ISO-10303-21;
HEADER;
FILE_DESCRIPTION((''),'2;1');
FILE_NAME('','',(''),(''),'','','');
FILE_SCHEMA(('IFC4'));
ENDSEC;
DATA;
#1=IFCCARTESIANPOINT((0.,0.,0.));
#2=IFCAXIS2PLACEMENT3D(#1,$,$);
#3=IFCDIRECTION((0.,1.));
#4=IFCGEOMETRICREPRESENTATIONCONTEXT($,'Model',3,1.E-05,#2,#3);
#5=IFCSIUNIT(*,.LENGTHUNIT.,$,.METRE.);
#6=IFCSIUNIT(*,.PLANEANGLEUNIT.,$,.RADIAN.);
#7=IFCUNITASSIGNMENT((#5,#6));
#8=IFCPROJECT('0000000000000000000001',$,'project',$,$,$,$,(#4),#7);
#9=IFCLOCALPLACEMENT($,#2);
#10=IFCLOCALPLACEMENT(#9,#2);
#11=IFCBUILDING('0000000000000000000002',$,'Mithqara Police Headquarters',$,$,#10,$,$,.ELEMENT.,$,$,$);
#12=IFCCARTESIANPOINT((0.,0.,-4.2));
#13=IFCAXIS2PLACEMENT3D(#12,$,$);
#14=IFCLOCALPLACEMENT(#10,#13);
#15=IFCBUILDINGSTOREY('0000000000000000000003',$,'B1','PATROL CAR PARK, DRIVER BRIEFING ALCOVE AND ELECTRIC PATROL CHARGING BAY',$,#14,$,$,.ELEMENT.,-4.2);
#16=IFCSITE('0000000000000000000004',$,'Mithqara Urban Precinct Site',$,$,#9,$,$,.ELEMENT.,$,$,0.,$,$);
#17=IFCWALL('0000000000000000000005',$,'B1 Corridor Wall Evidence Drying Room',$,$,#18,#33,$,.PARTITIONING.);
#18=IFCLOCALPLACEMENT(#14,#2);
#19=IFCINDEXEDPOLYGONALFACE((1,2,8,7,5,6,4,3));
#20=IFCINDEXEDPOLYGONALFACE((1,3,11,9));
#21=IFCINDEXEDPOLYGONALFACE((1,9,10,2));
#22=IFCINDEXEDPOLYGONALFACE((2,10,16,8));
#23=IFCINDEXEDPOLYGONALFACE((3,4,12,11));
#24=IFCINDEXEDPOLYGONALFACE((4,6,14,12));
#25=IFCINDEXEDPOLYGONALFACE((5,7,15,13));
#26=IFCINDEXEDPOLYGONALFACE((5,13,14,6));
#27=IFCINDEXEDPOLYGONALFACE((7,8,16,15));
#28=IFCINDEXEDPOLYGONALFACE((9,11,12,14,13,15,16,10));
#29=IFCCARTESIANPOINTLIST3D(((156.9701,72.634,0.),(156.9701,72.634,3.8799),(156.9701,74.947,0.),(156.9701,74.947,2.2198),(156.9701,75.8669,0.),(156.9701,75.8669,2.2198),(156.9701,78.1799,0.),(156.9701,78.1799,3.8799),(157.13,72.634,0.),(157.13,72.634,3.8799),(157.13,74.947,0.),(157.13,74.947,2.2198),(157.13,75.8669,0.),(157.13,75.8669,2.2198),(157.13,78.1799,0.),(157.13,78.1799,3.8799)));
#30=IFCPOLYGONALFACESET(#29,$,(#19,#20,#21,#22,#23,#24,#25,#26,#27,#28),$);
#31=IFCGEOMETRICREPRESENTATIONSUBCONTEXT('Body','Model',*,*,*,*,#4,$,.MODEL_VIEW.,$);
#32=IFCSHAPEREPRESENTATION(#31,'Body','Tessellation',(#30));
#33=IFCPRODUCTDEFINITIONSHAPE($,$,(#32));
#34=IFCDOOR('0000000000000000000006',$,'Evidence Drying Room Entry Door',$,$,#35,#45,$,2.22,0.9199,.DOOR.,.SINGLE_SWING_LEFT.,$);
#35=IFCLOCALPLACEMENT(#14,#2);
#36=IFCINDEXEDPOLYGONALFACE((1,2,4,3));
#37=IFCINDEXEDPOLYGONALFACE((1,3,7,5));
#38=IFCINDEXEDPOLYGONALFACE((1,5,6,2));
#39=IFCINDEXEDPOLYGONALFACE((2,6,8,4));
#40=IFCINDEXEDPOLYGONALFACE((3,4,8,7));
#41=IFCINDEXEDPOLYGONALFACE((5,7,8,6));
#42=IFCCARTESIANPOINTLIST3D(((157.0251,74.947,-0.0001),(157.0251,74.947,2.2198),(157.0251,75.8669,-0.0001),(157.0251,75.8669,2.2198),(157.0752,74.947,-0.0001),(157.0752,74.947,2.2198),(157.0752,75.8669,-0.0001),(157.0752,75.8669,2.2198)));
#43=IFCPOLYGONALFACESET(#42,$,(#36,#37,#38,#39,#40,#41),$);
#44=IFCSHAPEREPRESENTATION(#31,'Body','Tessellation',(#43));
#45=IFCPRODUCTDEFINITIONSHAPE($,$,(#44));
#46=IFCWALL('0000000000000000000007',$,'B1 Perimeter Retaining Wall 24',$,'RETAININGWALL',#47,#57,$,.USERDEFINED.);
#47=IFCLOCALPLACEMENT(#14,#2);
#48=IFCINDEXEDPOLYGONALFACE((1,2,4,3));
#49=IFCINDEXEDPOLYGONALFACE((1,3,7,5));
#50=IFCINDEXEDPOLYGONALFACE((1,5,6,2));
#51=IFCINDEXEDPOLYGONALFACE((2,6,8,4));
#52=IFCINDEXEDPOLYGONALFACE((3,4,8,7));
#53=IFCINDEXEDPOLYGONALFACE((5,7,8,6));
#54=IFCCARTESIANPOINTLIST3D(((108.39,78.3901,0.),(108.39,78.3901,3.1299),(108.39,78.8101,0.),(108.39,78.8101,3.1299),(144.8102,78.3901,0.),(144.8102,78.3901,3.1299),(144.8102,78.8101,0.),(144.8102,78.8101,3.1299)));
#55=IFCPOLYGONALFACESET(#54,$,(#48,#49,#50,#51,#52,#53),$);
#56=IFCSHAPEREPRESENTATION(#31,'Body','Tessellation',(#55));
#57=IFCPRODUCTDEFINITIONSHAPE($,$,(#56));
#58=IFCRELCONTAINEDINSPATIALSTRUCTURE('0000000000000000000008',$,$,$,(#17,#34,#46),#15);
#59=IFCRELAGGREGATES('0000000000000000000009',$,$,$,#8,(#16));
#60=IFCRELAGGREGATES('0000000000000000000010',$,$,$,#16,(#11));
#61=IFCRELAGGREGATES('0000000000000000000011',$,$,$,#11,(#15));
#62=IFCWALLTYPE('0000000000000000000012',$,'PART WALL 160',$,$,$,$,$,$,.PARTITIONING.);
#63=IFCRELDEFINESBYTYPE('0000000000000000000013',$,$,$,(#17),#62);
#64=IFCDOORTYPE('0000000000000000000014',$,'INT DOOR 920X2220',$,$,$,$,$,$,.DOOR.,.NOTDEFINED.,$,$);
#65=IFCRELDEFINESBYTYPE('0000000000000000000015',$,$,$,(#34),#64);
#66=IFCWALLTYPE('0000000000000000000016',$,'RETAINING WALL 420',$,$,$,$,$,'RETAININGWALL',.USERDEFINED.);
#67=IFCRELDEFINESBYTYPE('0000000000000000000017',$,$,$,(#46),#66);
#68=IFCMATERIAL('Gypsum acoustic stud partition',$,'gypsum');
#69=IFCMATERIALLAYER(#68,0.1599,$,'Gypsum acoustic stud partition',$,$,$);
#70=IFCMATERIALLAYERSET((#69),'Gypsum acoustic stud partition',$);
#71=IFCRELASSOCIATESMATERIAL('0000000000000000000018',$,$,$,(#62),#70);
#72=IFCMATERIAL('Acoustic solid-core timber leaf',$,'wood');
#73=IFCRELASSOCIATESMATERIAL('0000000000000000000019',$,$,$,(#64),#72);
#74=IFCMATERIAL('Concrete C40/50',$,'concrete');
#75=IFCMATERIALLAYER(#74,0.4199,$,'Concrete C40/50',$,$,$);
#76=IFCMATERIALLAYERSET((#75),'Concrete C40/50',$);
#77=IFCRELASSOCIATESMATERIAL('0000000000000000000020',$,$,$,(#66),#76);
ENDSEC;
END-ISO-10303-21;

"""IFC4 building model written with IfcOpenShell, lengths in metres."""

from ifc_helpers import new_model, si_unit, direction, frame, frame_2d, origin, place, context, subcontext, project, spatial, rectangle, extrude, material, layer, layer_set, type_object, element, fill, save


model = new_model("IFC4")

# Units and contexts
model_context = context("Model", 3, precision=1e-05, world=origin(), true_north=direction((0.0, 1.0)))
body_context = subcontext(model_context, "Body", "Model", "MODEL_VIEW")
ifc_project = project(units=[si_unit("LENGTHUNIT", "METRE"), si_unit("PLANEANGLEUNIT", "RADIAN")], contexts=[model_context])

# Site, building, storey
site_placement = place(None, origin())
site = spatial("IfcSite", under=ifc_project, at=site_placement, Name="Mithqara Urban Precinct Site", CompositionType="ELEMENT", RefElevation=0.0)
building_placement = place(site_placement, origin())
building = spatial("IfcBuilding", under=site, at=building_placement, Name="Mithqara Police Headquarters", CompositionType="ELEMENT")
storey_placement = place(building_placement, frame((0.0, 0.0, -4.2)))
storey = spatial("IfcBuildingStorey", under=building, at=storey_placement, Name="B1", Description="PATROL CAR PARK, DRIVER BRIEFING ALCOVE AND ELECTRIC PATROL CHARGING BAY", CompositionType="ELEMENT", Elevation=-4.2)

# Shared definitions
ifc_material_1 = material(Name="Concrete C40/50", Category="concrete")

# Shared definitions
ifc_material_2 = material(Name="Gypsum acoustic stud partition", Category="gypsum")
ifc_layer_1 = layer(ifc_material_2, 0.1599, Name="Gypsum acoustic stud partition")
ifc_layer_set_1 = layer_set([ifc_layer_1], Name="Gypsum acoustic stud partition")
wall_type_1 = type_object("IfcWallType", Name="PART WALL 160", PredefinedType="PARTITIONING", material=ifc_layer_set_1)

# Wall, opening, door
wall_1_placement = place(storey_placement, frame((157.05, 72.634, 0.0), z_axis=(0.0, 0.0, 1.0), x_axis=(0.0, 1.0, 0.0)))
wall_1 = element("IfcWall", 1, at=wall_1_placement, inside=storey, type_object=wall_type_1, Name="B1 Corridor Wall Evidence Drying Room", PredefinedType="PARTITIONING", context=body_context, shape_type="SweptSolid", body=[
    extrude(rectangle(XDim=5.5459, YDim=0.1599, at=frame_2d((2.7729, 0.0))), origin(), (0.0, 0.0, 1.0), 3.8799),
])
opening_1_placement = place(wall_1_placement, frame((2.313, 0.0, 0.0)))
opening_1 = element("IfcOpeningElement", 2, at=opening_1_placement, cuts=wall_1, PredefinedType="OPENING", context=body_context, shape_type="SweptSolid", body=[
    extrude(rectangle(XDim=0.9199, YDim=2.22, at=frame_2d((0.46, 1.1099))), frame((0.0, 0.0898, 0.0), z_axis=(0.0, -1.0, 0.0), x_axis=(1.0, 0.0, 0.0)), (0.0, 0.0, 1.0), 0.1799),
])
ifc_material_3 = material(Name="Acoustic solid-core timber leaf", Category="wood")
door_type_1 = type_object("IfcDoorType", Name="INT DOOR 920X2220", OperationType="NOTDEFINED", PredefinedType="DOOR", material=ifc_material_3)
door_1_placement = place(opening_1_placement, origin())
door_1 = element("IfcDoor", 3, at=door_1_placement, inside=storey, type_object=door_type_1, Name="Evidence Drying Room Entry Door", OperationType="SINGLE_SWING_LEFT", OverallHeight=2.22, OverallWidth=0.9199, PredefinedType="DOOR", context=body_context, shape_type="SweptSolid", body=[
    extrude(rectangle(XDim=0.9199, YDim=2.22, at=frame_2d((0.46, 1.1099))), frame((0.0, 0.0249, 0.0), z_axis=(0.0, -1.0, 0.0), x_axis=(1.0, 0.0, 0.0)), (0.0, 0.0, 1.0), 0.05),
])
fill(opening_1, door_1)

# Wall
ifc_layer_2 = layer(ifc_material_1, 0.4199, Name="Concrete C40/50")
ifc_layer_set_2 = layer_set([ifc_layer_2], Name="Concrete C40/50")
wall_type_2 = type_object("IfcWallType", Name="RETAINING WALL 420", ElementType="RETAININGWALL", PredefinedType="USERDEFINED", material=ifc_layer_set_2)
wall_2_placement = place(storey_placement, frame((144.8101, 78.6001, 0.0), z_axis=(0.0, 0.0, 1.0), x_axis=(-1.0, 0.0, 0.0)))
element("IfcWall", 4, at=wall_2_placement, inside=storey, type_object=wall_type_2, Name="B1 Perimeter Retaining Wall 24", ObjectType="RETAININGWALL", PredefinedType="USERDEFINED", context=body_context, shape_type="SweptSolid", body=[
    extrude(rectangle(XDim=36.4202, YDim=0.4199, at=frame_2d((18.21, 0.0))), origin(), (0.0, 0.0, 1.0), 3.1299),
])

save(model, "model.ifc")
